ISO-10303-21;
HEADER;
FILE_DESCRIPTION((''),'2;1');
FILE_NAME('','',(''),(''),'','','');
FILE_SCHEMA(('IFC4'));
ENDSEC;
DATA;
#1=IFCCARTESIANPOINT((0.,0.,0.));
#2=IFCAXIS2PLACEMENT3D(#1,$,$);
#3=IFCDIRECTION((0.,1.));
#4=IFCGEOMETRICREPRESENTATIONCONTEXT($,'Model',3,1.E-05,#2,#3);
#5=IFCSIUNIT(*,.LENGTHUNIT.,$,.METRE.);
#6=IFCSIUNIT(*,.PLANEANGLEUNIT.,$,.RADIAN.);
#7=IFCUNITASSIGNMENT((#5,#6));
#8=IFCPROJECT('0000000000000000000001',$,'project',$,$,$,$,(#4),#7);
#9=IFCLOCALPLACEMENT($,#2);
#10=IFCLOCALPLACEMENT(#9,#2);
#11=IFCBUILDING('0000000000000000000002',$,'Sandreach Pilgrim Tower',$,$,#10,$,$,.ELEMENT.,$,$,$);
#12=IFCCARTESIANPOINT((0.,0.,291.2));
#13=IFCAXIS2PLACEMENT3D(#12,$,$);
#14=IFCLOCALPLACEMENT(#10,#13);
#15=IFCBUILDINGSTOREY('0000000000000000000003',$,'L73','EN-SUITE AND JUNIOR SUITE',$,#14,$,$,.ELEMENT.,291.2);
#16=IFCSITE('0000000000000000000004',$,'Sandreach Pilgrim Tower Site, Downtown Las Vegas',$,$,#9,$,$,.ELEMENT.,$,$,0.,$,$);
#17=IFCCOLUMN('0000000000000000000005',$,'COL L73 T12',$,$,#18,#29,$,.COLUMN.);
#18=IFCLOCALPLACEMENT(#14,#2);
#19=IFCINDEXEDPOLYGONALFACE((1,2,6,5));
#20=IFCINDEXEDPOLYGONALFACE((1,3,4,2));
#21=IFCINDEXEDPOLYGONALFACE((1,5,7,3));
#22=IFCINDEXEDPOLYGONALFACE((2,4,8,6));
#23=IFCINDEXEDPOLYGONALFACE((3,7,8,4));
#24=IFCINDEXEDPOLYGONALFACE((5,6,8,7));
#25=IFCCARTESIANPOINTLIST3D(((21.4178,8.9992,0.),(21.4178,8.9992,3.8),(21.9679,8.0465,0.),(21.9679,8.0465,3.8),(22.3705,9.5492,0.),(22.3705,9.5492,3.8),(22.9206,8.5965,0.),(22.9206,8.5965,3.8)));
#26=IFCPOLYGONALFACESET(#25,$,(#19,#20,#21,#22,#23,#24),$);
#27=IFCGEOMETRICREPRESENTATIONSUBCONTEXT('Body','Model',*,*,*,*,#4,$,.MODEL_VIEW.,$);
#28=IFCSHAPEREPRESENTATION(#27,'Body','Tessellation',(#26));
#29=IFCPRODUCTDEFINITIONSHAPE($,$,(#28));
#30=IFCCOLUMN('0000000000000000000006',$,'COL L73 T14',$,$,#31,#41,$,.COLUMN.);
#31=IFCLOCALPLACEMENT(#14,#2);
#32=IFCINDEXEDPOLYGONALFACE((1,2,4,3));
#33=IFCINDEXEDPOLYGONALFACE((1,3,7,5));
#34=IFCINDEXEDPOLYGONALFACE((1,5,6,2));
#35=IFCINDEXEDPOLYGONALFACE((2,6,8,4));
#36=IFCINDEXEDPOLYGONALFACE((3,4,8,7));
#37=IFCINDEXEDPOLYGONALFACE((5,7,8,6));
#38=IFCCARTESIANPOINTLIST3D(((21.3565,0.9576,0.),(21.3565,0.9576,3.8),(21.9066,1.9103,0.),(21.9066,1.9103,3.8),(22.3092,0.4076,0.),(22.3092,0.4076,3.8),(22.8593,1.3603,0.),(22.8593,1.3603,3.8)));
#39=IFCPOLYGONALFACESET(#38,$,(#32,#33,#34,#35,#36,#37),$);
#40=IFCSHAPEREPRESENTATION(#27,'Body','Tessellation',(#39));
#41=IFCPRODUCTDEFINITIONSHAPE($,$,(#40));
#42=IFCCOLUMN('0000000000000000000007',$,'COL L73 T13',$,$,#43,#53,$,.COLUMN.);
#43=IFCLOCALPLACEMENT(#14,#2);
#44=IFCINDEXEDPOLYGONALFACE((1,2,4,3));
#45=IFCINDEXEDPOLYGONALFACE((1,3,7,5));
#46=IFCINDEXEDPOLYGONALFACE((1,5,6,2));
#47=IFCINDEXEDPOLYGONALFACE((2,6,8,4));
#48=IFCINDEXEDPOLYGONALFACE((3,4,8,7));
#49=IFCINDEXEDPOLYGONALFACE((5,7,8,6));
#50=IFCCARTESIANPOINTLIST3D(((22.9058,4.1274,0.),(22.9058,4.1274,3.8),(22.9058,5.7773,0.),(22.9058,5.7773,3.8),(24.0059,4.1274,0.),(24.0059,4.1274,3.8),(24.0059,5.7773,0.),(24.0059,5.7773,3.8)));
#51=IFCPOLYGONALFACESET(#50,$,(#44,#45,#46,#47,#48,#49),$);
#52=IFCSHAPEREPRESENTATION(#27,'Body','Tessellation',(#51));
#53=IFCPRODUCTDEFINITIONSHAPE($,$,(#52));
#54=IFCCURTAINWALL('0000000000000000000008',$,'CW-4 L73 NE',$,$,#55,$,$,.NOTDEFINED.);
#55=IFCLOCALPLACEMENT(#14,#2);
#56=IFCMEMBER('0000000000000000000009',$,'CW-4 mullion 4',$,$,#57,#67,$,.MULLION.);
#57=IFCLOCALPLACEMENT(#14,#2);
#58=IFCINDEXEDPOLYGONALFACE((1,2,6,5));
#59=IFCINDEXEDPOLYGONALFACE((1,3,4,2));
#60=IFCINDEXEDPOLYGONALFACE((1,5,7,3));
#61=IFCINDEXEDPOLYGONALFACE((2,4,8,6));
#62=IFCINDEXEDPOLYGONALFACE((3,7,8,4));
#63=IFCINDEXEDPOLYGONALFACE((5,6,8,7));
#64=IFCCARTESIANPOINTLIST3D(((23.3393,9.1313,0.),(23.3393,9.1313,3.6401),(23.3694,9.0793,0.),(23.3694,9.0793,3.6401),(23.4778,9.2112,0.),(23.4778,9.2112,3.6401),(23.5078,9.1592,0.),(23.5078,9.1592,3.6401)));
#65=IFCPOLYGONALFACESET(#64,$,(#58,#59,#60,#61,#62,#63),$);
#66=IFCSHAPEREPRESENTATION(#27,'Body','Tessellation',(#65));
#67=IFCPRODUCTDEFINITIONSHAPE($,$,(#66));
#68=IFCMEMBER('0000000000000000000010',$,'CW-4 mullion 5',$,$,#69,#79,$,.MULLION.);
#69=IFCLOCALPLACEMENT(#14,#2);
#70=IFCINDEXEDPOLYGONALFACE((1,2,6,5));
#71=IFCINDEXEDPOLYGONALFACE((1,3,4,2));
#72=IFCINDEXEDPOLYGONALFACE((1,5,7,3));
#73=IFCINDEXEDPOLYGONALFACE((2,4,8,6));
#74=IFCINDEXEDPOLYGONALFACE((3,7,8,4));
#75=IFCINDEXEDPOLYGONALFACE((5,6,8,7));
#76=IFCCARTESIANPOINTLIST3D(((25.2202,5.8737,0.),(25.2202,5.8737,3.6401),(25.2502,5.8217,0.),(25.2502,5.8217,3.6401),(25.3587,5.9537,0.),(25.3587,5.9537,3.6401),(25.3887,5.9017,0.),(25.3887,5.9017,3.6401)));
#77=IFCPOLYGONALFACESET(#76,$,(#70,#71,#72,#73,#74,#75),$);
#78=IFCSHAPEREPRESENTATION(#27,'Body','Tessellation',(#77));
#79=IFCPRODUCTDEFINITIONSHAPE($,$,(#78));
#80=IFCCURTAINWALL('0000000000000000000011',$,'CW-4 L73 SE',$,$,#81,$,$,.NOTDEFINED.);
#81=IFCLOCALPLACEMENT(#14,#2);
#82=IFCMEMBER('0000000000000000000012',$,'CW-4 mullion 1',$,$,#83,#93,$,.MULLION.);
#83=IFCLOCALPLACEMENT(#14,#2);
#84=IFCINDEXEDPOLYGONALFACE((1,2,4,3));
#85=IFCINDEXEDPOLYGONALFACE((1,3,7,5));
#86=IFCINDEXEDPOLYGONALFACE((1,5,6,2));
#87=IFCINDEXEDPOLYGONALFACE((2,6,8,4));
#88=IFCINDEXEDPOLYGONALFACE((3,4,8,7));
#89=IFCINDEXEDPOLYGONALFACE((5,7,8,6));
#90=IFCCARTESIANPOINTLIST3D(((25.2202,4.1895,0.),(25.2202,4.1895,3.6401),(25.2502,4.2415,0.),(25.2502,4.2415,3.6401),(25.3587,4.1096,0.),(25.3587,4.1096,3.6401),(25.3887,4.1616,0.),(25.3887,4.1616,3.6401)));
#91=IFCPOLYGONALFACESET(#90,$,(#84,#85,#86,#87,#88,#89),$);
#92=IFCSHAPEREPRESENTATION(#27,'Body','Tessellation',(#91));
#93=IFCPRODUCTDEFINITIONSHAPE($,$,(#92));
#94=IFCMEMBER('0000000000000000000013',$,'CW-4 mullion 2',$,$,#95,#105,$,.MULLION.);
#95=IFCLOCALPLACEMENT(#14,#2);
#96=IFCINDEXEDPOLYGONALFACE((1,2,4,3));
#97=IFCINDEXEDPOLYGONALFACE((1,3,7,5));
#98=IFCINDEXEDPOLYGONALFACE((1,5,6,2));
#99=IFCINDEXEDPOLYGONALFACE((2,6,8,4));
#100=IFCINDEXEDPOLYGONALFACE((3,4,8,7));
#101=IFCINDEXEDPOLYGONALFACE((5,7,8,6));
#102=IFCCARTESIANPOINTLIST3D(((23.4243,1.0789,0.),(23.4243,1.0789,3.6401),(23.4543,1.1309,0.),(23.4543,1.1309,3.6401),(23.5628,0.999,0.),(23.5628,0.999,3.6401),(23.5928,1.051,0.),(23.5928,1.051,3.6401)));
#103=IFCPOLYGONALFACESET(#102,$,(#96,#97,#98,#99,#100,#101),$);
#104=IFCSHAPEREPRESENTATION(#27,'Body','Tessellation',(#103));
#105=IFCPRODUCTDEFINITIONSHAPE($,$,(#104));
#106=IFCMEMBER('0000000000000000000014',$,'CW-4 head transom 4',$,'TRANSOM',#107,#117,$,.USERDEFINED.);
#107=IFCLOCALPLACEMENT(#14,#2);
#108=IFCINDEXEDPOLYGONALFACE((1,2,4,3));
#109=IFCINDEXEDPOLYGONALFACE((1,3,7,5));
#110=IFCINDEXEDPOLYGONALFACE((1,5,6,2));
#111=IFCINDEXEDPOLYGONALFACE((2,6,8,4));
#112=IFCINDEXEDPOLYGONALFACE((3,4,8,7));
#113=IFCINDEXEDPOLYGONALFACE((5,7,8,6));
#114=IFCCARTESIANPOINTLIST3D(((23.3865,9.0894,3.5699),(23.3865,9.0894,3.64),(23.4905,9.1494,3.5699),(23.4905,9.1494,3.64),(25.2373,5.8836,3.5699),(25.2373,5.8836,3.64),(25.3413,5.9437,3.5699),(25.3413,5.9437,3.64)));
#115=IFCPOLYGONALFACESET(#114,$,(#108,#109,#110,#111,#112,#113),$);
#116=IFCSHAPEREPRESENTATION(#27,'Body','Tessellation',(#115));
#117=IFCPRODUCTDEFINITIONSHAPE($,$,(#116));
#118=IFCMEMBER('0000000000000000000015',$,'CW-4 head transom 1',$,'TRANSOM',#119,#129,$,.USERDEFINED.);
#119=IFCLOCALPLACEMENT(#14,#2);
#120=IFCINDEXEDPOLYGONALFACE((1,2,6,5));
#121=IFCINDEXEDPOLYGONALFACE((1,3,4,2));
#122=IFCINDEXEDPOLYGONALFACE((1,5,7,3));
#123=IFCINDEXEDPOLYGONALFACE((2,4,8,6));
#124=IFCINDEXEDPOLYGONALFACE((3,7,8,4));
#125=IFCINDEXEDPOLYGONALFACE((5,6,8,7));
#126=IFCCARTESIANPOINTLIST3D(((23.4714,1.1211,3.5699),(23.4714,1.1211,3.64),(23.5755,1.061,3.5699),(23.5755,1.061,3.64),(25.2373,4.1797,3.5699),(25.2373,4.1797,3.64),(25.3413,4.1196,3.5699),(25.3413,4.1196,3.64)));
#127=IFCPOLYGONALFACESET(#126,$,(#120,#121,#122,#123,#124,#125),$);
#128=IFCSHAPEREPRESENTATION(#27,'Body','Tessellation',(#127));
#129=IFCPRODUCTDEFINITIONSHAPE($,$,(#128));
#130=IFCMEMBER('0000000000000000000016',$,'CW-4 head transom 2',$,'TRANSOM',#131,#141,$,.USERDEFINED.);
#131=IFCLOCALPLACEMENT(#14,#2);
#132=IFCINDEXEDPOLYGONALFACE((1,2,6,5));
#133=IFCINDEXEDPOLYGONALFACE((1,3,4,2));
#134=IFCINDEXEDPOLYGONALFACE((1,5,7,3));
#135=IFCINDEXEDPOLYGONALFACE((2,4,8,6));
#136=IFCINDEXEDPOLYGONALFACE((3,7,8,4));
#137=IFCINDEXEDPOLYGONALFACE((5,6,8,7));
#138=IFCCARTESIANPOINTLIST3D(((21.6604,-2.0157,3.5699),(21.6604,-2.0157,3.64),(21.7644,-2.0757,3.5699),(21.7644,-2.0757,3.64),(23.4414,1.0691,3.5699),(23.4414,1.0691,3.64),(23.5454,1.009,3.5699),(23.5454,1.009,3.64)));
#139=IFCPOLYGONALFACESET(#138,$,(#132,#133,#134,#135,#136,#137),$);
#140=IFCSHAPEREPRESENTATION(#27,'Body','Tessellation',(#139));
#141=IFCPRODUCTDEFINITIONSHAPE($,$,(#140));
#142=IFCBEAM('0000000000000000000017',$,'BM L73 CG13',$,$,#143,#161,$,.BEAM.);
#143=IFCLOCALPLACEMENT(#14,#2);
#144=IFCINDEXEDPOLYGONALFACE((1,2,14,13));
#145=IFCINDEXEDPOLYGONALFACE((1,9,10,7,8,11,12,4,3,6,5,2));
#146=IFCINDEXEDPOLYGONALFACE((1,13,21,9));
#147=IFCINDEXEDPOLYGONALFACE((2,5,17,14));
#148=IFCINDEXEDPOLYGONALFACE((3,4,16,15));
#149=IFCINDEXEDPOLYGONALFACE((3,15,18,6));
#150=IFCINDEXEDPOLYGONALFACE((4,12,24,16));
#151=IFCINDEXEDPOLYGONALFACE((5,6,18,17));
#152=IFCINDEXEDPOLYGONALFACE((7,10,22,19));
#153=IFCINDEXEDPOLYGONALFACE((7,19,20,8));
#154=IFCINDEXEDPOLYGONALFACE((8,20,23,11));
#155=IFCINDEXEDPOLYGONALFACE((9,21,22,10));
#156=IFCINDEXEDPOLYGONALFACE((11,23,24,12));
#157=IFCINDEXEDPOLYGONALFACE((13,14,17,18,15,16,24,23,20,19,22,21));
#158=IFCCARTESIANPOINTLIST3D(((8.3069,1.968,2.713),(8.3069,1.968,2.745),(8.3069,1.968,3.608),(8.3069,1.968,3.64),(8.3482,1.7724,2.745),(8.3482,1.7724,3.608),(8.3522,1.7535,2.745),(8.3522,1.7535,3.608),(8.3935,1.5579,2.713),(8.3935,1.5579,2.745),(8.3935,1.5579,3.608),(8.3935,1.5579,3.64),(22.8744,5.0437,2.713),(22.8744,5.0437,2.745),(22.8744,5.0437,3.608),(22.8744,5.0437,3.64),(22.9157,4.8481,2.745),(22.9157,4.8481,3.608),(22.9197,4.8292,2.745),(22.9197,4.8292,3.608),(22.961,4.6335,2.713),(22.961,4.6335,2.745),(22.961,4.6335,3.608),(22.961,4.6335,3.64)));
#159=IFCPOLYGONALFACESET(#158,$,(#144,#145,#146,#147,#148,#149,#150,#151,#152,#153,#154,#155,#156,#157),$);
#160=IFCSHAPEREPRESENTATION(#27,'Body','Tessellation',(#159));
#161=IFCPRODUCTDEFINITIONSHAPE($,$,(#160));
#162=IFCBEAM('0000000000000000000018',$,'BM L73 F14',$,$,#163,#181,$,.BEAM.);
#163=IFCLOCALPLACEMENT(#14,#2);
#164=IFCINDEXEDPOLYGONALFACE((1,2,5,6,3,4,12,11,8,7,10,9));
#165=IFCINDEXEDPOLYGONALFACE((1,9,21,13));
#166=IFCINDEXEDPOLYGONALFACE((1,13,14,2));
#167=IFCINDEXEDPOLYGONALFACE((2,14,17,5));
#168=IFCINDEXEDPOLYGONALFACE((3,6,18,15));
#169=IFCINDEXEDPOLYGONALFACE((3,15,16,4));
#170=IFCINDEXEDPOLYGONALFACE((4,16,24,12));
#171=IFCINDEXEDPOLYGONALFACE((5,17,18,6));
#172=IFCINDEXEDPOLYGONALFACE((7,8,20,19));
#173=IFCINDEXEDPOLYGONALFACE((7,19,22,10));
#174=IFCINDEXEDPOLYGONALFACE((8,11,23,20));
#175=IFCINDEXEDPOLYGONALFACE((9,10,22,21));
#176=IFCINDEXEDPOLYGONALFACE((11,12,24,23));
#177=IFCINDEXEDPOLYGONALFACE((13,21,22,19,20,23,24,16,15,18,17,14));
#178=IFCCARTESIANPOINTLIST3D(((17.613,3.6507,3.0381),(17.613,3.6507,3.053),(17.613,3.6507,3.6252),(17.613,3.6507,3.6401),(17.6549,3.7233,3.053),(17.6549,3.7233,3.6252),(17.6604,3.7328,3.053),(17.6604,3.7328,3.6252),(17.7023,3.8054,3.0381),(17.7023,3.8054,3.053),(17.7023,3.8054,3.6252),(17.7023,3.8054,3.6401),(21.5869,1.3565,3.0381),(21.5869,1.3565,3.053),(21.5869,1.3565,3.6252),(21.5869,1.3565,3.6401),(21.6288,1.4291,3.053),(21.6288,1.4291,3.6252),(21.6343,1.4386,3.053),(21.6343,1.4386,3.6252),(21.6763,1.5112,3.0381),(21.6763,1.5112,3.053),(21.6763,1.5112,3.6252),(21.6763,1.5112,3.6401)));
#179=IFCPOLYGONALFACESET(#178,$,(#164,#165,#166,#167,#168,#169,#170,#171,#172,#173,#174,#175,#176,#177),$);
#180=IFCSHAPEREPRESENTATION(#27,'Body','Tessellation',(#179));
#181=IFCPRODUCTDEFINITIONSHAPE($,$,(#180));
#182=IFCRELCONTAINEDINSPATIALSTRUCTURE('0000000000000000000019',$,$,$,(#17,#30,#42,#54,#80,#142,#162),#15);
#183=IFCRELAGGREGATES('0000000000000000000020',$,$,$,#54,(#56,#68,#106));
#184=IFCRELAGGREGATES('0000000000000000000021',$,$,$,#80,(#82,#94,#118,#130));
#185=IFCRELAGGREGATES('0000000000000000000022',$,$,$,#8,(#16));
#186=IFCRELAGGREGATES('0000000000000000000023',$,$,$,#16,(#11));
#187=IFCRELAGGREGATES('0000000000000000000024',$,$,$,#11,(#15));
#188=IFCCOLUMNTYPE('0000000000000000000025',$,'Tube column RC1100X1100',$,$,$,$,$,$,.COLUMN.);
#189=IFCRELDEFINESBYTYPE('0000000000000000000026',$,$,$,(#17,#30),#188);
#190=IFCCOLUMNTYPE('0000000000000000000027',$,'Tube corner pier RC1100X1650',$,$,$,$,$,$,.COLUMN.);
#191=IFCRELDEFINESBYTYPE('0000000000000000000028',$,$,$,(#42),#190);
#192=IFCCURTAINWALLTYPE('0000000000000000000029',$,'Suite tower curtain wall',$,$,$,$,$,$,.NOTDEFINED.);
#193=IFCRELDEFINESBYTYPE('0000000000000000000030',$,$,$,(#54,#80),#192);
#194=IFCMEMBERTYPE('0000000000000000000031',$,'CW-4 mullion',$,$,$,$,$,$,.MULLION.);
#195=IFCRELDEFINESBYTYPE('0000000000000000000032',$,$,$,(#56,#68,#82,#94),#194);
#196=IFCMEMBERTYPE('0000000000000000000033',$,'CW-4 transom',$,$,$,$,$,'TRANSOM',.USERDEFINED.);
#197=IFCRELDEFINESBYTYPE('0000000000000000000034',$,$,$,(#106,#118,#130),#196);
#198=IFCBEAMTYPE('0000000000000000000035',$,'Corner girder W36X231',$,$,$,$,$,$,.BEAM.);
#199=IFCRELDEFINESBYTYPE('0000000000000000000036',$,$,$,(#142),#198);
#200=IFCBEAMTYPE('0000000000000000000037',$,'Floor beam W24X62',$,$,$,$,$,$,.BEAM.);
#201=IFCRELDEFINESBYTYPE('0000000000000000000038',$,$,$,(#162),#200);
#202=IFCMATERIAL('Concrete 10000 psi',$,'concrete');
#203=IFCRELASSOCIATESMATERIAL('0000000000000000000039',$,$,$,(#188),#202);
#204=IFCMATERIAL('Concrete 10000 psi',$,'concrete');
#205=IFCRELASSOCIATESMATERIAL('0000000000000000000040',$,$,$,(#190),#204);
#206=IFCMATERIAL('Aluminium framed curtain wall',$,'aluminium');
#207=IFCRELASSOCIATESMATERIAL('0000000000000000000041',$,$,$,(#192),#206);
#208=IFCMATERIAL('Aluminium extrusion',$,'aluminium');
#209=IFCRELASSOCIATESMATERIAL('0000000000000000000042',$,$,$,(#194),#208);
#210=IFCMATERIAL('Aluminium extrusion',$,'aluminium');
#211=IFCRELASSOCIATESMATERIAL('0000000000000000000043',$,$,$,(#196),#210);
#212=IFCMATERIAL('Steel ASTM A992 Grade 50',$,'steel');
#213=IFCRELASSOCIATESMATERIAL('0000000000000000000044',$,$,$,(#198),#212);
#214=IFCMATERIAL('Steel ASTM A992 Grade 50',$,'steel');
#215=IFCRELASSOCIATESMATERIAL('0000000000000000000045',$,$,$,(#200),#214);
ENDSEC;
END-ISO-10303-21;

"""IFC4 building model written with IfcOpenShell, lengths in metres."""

from ifc_helpers import new_model, si_unit, direction, frame, origin, origin_2d, place, context, subcontext, project, spatial, rectangle, i_section, extrude, material, material_profile, profile_set, type_object, element, aggregate, save


model = new_model("IFC4")

# Units and contexts
model_context = context("Model", 3, precision=1e-05, world=origin(), true_north=direction((0.0, 1.0)))
body_context = subcontext(model_context, "Body", "Model", "MODEL_VIEW")
ifc_project = project(units=[si_unit("LENGTHUNIT", "METRE"), si_unit("PLANEANGLEUNIT", "RADIAN")], contexts=[model_context])

# Site, building, storey
site_placement = place(None, origin())
site = spatial("IfcSite", under=ifc_project, at=site_placement, Name="Sandreach Pilgrim Tower Site, Downtown Las Vegas", CompositionType="ELEMENT", RefElevation=0.0)
building_placement = place(site_placement, origin())
building = spatial("IfcBuilding", under=site, at=building_placement, Name="Sandreach Pilgrim Tower", CompositionType="ELEMENT")
storey_placement = place(building_placement, frame((0.0, 0.0, 291.2)))
storey = spatial("IfcBuildingStorey", under=building, at=storey_placement, Name="L73", Description="EN-SUITE AND JUNIOR SUITE", CompositionType="ELEMENT", Elevation=291.2)

# Columns
ifc_material_1 = material(Name="Concrete 10000 psi", Category="concrete")
ifc_material_profile_1 = material_profile(ifc_material_1, rectangle(XDim=1.1001, YDim=1.1001, at=origin_2d()), Name="RC1100X1100")
ifc_profile_set_1 = profile_set([ifc_material_profile_1], Name="Concrete 10000 psi")
column_type_1 = type_object("IfcColumnType", Name="Tube column RC1100X1100", PredefinedType="COLUMN", material=ifc_profile_set_1)
for number, where, z_axis, x_axis, name in (
    (1, (22.1692, 8.7979, 0.0), (0.0, 0.0, 1.0), (0.866025, 0.5, 0.0), "COL L73 T12"),
    (2, (22.1079, 1.1589, 0.0), (0.0, 0.0, 1.0), (0.866025, -0.5, 0.0), "COL L73 T14"),
):
    element("IfcColumn", number, at=place(storey_placement, frame(where, z_axis=z_axis, x_axis=x_axis)), inside=storey, type_object=column_type_1, Name=name, PredefinedType="COLUMN", context=body_context, shape_type="SweptSolid", body=[
        extrude(rectangle(XDim=1.1001, YDim=1.1001, at=origin_2d()), origin(), (0.0, 0.0, 1.0), 3.8),
    ])
ifc_material_2 = material(Name="Concrete 10000 psi", Category="concrete")
ifc_material_profile_2 = material_profile(ifc_material_2, rectangle(XDim=1.1001, YDim=1.6499, at=origin_2d()), Name="RC1100X1650")
ifc_profile_set_2 = profile_set([ifc_material_profile_2], Name="Concrete 10000 psi")
column_type_2 = type_object("IfcColumnType", Name="Tube corner pier RC1100X1650", PredefinedType="COLUMN", material=ifc_profile_set_2)
column_placement = place(storey_placement, frame((23.4558, 4.9524, 0.0), z_axis=(0.0, 0.0, 1.0), x_axis=(1.0, 0.0, 0.0)))
element("IfcColumn", 3, at=column_placement, inside=storey, type_object=column_type_2, Name="COL L73 T13", PredefinedType="COLUMN", context=body_context, shape_type="SweptSolid", body=[
    extrude(rectangle(XDim=1.1001, YDim=1.6499, at=origin_2d()), origin(), (0.0, 0.0, 1.0), 3.8),
])

# Curtain walls, members
ifc_material_3 = material(Name="Aluminium framed curtain wall", Category="aluminium")
curtain_wall_type = type_object("IfcCurtainWallType", Name="Suite tower curtain wall", PredefinedType="NOTDEFINED", material=ifc_material_3)
curtain_wall_1_placement = place(storey_placement, origin())
curtain_wall_1 = element("IfcCurtainWall", 4, at=curtain_wall_1_placement, inside=storey, type_object=curtain_wall_type, Name="CW-4 L73 NE", PredefinedType="NOTDEFINED")
ifc_material_4 = material(Name="Aluminium extrusion", Category="aluminium")
ifc_material_profile_3 = material_profile(ifc_material_4, rectangle(XDim=0.0601, YDim=0.1599, at=origin_2d()), Name="CW-4M 60X160")
ifc_profile_set_3 = profile_set([ifc_material_profile_3], Name="Aluminium extrusion")
member_type_1 = type_object("IfcMemberType", Name="CW-4 mullion", PredefinedType="MULLION", material=ifc_profile_set_3)
member_1_placement = place(storey_placement, frame((23.4236, 9.1453, 0.0), z_axis=(0.0, 0.0, 1.0), x_axis=(0.5, -0.866025, 0.0)))
member_1 = element("IfcMember", 5, at=member_1_placement, type_object=member_type_1, Name="CW-4 mullion 4", PredefinedType="MULLION", context=body_context, shape_type="SweptSolid", body=[
    extrude(rectangle(XDim=0.0601, YDim=0.1599, at=origin_2d()), origin(), (0.0, 0.0, 1.0), 3.6401),
])
member_2_placement = place(storey_placement, frame((25.3044, 5.8877, 0.0), z_axis=(0.0, 0.0, 1.0), x_axis=(0.5, -0.866025, 0.0)))
member_2 = element("IfcMember", 6, at=member_2_placement, type_object=member_type_1, Name="CW-4 mullion 5", PredefinedType="MULLION", context=body_context, shape_type="SweptSolid", body=[
    extrude(rectangle(XDim=0.0601, YDim=0.1599, at=origin_2d()), origin(), (0.0, 0.0, 1.0), 3.6401),
])
curtain_wall_2_placement = place(storey_placement, origin())
curtain_wall_2 = element("IfcCurtainWall", 7, at=curtain_wall_2_placement, inside=storey, type_object=curtain_wall_type, Name="CW-4 L73 SE", PredefinedType="NOTDEFINED")
member_3_placement = place(storey_placement, frame((25.3044, 4.1755, 0.0), z_axis=(0.0, 0.0, 1.0), x_axis=(-0.5, -0.866025, 0.0)))
member_3 = element("IfcMember", 8, at=member_3_placement, type_object=member_type_1, Name="CW-4 mullion 1", PredefinedType="MULLION", context=body_context, shape_type="SweptSolid", body=[
    extrude(rectangle(XDim=0.0601, YDim=0.1599, at=origin_2d()), origin(), (0.0, 0.0, 1.0), 3.6401),
])
member_4_placement = place(storey_placement, frame((23.5085, 1.0649, 0.0), z_axis=(0.0, 0.0, 1.0), x_axis=(-0.5, -0.866025, 0.0)))
member_4 = element("IfcMember", 9, at=member_4_placement, type_object=member_type_1, Name="CW-4 mullion 2", PredefinedType="MULLION", context=body_context, shape_type="SweptSolid", body=[
    extrude(rectangle(XDim=0.0601, YDim=0.1599, at=origin_2d()), origin(), (0.0, 0.0, 1.0), 3.6401),
])

# Members
ifc_material_5 = material(Name="Aluminium extrusion", Category="aluminium")
ifc_material_profile_4 = material_profile(ifc_material_5, rectangle(XDim=0.1201, YDim=0.0701, at=origin_2d()), Name="CW-4T 120X70")
ifc_profile_set_4 = profile_set([ifc_material_profile_4], Name="Aluminium extrusion")
member_type_2 = type_object("IfcMemberType", Name="CW-4 transom", ElementType="TRANSOM", PredefinedType="USERDEFINED", material=ifc_profile_set_4)
member_5_placement = place(storey_placement, frame((23.4385, 9.1194, 3.605), z_axis=(0.499991, -0.866031, 0.0), x_axis=(0.866031, 0.499991, 0.0)))
member_5 = element("IfcMember", 10, at=member_5_placement, type_object=member_type_2, Name="CW-4 head transom 4", ObjectType="TRANSOM", PredefinedType="USERDEFINED", context=body_context, shape_type="SweptSolid", body=[
    extrude(rectangle(XDim=0.1201, YDim=0.0701, at=origin_2d()), origin(), (0.0, 0.0, 1.0), 3.7017),
])
member_6_placement = place(storey_placement, frame((25.2893, 4.1497, 3.605), z_axis=(-0.499998, -0.866027, 0.0), x_axis=(0.866027, -0.499998, 0.0)))
member_6 = element("IfcMember", 11, at=member_6_placement, type_object=member_type_2, Name="CW-4 head transom 1", ObjectType="TRANSOM", PredefinedType="USERDEFINED", context=body_context, shape_type="SweptSolid", body=[
    extrude(rectangle(XDim=0.1201, YDim=0.0701, at=origin_2d()), origin(), (0.0, 0.0, 1.0), 3.5317),
])
member_7_placement = place(storey_placement, frame((23.4934, 1.0391, 3.605), z_axis=(-0.500009, -0.86602, 0.0), x_axis=(0.86602, -0.500009, 0.0)))
member_7 = element("IfcMember", 12, at=member_7_placement, type_object=member_type_2, Name="CW-4 head transom 2", ObjectType="TRANSOM", PredefinedType="USERDEFINED", context=body_context, shape_type="SweptSolid", body=[
    extrude(rectangle(XDim=0.1201, YDim=0.0701, at=origin_2d()), origin(), (0.0, 0.0, 1.0), 3.562),
])

# Beams
ifc_material_6 = material(Name="Steel ASTM A992 Grade 50", Category="steel")
ifc_material_profile_5 = material_profile(ifc_material_6, i_section(OverallWidth=0.4192, OverallDepth=0.927, WebThickness=0.0193, FlangeThickness=0.032, at=origin_2d()), Name="W36X231")
ifc_profile_set_5 = profile_set([ifc_material_profile_5], Name="Steel ASTM A992 Grade 50")
beam_type_1 = type_object("IfcBeamType", Name="Corner girder W36X231", PredefinedType="BEAM", material=ifc_profile_set_5)
beam_1_placement = place(storey_placement, frame((22.9177, 4.8386, 3.1765), z_axis=(-0.97843, -0.206577, 0.0), x_axis=(0.206577, -0.97843, 0.0)))
element("IfcBeam", 13, at=beam_1_placement, inside=storey, type_object=beam_type_1, Name="BM L73 CG13", PredefinedType="BEAM", context=body_context, shape_type="SweptSolid", body=[
    extrude(i_section(OverallWidth=0.4192, OverallDepth=0.927, WebThickness=0.0193, FlangeThickness=0.032, at=origin_2d()), origin(), (0.0, 0.0, 1.0), 14.8887),
])
ifc_material_7 = material(Name="Steel ASTM A992 Grade 50", Category="steel")
ifc_material_profile_6 = material_profile(ifc_material_7, i_section(OverallWidth=0.1787, OverallDepth=0.6021, WebThickness=0.011, FlangeThickness=0.0149, at=origin_2d()), Name="W24X62")
ifc_profile_set_6 = profile_set([ifc_material_profile_6], Name="Steel ASTM A992 Grade 50")
beam_type_2 = type_object("IfcBeamType", Name="Floor beam W24X62", PredefinedType="BEAM", material=ifc_profile_set_6)
beam_2_placement = place(storey_placement, frame((21.6316, 1.4338, 3.3391), z_axis=(-0.866038, 0.499979, 0.0), x_axis=(-0.499979, -0.866038, 0.0)))
element("IfcBeam", 14, at=beam_2_placement, inside=storey, type_object=beam_type_2, Name="BM L73 F14", PredefinedType="BEAM", context=body_context, shape_type="SweptSolid", body=[
    extrude(i_section(OverallWidth=0.1787, OverallDepth=0.6021, WebThickness=0.011, FlangeThickness=0.0149, at=origin_2d()), origin(), (0.0, 0.0, 1.0), 4.5886),
])

aggregate(curtain_wall_1, [member_1, member_2, member_5])
aggregate(curtain_wall_2, [member_3, member_4, member_6, member_7])

save(model, "model.ifc")
